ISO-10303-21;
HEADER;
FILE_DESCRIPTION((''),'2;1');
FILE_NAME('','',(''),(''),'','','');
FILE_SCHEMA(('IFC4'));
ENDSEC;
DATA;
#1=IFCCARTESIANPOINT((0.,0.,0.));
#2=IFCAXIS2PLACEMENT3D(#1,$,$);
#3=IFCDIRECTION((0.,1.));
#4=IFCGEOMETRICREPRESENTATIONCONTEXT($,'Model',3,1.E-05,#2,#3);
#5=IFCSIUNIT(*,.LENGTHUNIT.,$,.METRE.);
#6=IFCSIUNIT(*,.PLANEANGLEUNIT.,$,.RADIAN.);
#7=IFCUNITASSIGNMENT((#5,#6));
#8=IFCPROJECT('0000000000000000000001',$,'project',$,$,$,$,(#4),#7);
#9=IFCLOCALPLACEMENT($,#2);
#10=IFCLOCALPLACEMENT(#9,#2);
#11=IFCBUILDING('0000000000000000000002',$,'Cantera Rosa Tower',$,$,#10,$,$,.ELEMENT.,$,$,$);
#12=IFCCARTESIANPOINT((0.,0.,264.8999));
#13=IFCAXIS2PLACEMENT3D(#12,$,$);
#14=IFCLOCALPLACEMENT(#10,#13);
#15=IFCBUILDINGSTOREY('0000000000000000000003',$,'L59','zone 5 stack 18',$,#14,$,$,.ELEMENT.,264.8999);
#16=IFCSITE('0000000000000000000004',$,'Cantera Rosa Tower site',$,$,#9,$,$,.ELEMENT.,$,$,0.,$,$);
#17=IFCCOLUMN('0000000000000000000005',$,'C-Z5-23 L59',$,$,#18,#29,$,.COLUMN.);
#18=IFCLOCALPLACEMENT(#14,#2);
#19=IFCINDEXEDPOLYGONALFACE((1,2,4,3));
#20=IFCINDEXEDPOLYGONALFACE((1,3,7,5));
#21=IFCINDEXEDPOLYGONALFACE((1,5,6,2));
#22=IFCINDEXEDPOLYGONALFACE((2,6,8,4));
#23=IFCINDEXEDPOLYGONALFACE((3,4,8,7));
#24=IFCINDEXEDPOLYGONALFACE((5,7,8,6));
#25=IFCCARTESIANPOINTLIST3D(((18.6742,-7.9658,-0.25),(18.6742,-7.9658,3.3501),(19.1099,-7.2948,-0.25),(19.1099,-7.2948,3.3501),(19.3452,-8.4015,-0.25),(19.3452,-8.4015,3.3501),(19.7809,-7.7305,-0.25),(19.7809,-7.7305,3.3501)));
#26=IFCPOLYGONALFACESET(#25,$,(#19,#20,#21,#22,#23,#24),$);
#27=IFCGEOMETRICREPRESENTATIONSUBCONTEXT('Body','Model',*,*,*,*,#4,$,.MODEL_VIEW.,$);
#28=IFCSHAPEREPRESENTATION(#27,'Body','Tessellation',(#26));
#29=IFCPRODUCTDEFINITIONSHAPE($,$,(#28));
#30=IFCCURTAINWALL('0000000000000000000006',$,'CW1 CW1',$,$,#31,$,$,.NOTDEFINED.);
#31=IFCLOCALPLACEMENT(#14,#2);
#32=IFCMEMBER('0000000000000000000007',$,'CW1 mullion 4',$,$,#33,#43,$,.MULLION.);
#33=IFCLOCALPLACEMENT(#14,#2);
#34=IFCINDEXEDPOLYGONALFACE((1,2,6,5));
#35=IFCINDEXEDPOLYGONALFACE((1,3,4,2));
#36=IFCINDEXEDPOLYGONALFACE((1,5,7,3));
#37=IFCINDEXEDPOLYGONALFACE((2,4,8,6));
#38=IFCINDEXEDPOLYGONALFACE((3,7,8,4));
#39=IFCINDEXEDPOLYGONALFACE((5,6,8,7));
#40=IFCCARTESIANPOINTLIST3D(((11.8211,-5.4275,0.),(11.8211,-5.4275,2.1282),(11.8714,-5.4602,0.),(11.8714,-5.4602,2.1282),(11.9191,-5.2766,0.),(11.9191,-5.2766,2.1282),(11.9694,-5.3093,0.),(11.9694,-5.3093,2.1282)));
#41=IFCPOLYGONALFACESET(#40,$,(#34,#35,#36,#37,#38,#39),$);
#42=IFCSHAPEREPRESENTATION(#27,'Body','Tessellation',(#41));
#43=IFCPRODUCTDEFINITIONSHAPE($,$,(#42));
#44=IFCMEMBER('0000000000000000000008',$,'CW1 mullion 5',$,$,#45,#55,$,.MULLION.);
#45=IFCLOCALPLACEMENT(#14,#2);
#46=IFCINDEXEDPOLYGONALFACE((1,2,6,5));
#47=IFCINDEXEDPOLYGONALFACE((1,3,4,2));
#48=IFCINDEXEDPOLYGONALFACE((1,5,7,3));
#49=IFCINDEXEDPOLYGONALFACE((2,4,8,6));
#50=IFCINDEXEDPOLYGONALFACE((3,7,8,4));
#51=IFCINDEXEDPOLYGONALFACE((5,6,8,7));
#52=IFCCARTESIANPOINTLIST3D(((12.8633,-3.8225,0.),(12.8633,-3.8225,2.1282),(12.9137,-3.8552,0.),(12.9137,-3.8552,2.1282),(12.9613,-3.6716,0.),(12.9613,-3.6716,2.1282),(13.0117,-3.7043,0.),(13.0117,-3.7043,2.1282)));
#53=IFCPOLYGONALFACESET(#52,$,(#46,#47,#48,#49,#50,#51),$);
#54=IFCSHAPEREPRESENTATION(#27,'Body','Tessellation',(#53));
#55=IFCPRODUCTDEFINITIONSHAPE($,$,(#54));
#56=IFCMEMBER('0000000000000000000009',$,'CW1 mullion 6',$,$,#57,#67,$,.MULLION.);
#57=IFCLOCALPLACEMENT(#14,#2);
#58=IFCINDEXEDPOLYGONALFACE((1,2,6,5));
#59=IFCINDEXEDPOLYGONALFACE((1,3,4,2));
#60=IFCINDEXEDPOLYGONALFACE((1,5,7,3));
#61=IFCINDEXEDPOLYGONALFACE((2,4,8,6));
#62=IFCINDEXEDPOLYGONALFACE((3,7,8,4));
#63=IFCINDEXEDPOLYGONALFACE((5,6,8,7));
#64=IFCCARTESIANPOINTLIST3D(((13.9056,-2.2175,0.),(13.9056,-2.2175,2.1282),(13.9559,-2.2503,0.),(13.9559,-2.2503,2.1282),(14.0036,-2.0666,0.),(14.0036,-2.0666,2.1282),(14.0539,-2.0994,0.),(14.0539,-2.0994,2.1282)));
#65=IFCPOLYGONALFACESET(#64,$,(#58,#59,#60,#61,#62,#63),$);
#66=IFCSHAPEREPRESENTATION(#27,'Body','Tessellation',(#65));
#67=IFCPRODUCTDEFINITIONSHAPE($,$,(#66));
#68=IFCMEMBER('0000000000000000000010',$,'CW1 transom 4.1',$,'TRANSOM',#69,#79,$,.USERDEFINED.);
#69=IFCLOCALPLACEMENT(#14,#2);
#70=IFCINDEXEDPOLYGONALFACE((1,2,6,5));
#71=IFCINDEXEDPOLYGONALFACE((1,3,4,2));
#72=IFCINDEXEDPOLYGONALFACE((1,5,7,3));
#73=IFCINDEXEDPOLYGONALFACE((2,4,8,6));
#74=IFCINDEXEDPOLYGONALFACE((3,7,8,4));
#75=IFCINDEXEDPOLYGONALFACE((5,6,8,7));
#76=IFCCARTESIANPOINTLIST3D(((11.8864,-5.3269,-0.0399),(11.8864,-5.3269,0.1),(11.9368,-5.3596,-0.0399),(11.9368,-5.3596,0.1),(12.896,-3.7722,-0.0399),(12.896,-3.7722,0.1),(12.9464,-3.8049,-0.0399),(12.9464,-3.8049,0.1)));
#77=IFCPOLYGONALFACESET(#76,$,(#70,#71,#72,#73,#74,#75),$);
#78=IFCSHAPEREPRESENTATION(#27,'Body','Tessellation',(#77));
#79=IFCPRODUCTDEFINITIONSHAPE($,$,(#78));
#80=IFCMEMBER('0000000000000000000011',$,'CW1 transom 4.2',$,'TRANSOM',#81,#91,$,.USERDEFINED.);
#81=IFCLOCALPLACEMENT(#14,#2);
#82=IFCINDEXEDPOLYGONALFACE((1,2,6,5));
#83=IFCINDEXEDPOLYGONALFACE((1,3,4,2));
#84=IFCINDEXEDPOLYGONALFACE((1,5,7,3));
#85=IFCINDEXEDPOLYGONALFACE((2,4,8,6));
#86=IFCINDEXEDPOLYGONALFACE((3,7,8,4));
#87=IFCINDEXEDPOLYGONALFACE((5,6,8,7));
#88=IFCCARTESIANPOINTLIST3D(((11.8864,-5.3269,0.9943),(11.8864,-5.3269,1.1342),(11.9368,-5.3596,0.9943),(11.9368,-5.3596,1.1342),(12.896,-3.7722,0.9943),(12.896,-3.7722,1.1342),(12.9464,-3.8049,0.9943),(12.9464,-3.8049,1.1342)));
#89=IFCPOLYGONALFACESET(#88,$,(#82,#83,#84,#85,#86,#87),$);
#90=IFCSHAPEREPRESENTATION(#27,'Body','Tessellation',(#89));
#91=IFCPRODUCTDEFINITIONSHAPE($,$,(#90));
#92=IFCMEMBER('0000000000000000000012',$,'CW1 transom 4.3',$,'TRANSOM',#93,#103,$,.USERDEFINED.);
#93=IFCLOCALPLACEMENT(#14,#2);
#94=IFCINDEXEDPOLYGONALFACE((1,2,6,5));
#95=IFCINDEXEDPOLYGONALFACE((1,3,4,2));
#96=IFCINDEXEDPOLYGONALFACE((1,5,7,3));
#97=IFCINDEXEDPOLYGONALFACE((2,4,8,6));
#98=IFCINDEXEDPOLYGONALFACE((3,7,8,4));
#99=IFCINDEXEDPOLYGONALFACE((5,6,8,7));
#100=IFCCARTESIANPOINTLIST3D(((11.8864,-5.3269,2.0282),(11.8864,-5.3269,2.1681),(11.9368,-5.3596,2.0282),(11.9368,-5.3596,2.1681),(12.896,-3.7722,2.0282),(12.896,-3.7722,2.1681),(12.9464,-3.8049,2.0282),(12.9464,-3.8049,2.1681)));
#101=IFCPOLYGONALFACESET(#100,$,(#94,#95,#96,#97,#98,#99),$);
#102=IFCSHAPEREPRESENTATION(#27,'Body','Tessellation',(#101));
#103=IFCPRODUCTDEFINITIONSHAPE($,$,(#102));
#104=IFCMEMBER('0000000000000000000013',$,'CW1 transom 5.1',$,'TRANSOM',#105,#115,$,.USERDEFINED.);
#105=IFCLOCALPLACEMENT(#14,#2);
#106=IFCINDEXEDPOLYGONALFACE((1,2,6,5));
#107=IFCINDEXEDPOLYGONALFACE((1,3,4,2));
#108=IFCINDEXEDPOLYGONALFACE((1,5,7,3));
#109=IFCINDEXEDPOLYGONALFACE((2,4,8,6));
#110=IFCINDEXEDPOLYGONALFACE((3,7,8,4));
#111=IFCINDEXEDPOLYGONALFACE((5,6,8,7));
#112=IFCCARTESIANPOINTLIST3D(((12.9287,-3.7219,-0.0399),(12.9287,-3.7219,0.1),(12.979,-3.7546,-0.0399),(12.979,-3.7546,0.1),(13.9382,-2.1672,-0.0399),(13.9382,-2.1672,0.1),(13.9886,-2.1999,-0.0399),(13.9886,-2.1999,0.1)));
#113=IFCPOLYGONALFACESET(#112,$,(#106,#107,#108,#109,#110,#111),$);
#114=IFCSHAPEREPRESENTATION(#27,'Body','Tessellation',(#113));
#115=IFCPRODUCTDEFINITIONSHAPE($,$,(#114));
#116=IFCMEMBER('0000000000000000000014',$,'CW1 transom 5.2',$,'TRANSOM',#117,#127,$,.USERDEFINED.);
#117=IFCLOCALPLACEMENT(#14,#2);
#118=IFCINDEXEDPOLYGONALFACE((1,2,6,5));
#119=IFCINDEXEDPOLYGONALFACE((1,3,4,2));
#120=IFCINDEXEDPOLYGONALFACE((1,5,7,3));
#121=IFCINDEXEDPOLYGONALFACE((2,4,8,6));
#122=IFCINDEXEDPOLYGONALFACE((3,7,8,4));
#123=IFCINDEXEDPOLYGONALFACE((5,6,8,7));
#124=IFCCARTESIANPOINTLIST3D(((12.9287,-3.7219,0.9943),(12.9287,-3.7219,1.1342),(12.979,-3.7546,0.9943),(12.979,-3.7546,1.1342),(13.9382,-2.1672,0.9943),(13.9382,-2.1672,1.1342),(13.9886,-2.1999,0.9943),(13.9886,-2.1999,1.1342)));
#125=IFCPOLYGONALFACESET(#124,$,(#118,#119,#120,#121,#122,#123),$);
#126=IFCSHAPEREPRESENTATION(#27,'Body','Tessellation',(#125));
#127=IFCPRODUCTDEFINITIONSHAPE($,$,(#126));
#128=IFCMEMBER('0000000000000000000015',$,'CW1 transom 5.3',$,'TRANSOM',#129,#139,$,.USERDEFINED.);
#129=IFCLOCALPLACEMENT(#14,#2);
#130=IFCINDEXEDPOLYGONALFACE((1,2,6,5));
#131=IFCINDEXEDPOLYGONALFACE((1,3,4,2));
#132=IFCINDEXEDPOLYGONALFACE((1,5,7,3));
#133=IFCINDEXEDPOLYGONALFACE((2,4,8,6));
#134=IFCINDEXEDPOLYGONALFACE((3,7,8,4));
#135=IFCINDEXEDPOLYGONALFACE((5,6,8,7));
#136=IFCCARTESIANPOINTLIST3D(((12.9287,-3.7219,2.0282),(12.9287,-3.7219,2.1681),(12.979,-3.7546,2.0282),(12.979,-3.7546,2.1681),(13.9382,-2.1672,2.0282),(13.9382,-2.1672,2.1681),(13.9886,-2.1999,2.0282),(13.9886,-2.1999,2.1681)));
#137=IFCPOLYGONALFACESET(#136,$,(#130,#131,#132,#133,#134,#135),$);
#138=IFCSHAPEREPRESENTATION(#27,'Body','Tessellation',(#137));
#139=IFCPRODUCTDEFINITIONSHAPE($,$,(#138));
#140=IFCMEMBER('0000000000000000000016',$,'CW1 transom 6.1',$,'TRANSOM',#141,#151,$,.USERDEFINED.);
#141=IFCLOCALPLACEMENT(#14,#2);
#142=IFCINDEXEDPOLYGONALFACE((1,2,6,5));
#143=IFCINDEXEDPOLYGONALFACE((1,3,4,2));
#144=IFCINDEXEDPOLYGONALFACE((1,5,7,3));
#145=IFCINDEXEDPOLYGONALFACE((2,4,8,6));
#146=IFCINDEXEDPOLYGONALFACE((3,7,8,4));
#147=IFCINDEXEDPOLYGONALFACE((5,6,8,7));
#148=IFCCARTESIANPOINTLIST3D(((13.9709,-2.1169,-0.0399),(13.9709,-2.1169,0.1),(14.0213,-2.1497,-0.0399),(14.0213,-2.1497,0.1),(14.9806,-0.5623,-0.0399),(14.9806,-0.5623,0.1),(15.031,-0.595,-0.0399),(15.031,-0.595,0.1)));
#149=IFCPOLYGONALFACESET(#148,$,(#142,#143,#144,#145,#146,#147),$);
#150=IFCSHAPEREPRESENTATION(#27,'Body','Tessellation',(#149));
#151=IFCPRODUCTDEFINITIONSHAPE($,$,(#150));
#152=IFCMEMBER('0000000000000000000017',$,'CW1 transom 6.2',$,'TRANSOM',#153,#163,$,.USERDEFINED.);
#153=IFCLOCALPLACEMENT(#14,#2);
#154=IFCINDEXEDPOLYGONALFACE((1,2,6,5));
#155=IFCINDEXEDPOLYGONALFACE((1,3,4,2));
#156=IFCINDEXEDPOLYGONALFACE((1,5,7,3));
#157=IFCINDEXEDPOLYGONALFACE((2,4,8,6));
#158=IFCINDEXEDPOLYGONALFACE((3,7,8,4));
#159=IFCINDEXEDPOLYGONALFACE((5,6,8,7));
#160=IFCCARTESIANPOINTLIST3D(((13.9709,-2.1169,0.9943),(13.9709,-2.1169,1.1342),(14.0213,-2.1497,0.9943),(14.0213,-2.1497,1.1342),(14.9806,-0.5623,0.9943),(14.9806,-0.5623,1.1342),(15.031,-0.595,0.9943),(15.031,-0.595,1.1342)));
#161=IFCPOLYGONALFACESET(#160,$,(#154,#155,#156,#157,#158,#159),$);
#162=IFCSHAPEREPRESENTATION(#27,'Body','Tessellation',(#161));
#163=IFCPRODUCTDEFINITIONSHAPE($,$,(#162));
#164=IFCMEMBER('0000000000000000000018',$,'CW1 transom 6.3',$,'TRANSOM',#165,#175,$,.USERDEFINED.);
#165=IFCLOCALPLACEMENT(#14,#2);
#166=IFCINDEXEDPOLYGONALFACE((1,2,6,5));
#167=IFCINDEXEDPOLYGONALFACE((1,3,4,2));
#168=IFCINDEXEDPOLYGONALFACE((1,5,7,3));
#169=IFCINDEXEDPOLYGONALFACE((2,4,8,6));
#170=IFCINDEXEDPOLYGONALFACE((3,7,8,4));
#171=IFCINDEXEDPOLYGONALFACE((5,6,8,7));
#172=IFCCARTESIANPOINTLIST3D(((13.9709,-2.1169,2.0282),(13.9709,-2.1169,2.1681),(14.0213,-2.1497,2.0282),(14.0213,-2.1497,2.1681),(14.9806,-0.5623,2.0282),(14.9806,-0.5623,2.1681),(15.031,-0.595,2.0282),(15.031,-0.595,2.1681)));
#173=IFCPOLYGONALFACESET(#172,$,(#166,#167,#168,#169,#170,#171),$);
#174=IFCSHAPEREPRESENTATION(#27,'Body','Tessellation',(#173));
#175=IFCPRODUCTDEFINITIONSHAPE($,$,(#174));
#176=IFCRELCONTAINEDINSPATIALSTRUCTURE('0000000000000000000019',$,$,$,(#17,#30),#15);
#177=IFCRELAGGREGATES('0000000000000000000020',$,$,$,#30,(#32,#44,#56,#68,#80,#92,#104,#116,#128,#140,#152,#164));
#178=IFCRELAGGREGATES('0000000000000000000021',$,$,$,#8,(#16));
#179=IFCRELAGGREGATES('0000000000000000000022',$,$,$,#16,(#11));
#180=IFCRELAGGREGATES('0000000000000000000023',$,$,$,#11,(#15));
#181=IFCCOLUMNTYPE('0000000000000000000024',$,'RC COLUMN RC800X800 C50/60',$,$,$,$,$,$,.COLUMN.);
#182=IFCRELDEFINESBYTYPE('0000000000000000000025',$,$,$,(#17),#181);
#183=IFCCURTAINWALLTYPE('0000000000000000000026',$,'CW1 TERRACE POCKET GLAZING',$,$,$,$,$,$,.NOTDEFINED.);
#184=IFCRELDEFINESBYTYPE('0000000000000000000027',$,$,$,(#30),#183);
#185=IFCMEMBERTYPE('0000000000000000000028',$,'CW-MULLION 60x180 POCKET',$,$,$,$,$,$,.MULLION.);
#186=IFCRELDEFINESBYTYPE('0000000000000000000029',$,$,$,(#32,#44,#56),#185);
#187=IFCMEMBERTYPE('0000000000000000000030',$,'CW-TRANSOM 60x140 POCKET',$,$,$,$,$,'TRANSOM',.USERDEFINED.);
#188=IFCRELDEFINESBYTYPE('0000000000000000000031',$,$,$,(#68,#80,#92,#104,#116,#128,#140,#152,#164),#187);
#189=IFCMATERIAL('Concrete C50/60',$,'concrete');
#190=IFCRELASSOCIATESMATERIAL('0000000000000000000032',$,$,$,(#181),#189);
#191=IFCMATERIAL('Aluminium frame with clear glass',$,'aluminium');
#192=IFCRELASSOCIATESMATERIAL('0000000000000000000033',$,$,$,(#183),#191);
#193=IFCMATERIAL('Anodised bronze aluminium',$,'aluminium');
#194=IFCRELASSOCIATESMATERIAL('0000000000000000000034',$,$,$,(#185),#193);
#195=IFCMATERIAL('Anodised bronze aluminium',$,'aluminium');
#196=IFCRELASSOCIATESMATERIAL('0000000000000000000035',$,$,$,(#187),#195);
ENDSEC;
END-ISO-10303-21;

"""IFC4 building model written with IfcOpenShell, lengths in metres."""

from ifc_helpers import new_model, si_unit, direction, frame, origin, origin_2d, place, context, subcontext, project, spatial, rectangle, extrude, material, material_profile, profile_set, type_object, element, aggregate, save


model = new_model("IFC4")

# Units and contexts
model_context = context("Model", 3, precision=1e-05, world=origin(), true_north=direction((0.0, 1.0)))
body_context = subcontext(model_context, "Body", "Model", "MODEL_VIEW")
ifc_project = project(units=[si_unit("LENGTHUNIT", "METRE"), si_unit("PLANEANGLEUNIT", "RADIAN")], contexts=[model_context])

# Site, building, storey
site_placement = place(None, origin())
site = spatial("IfcSite", under=ifc_project, at=site_placement, Name="Cantera Rosa Tower site", CompositionType="ELEMENT", RefElevation=0.0)
building_placement = place(site_placement, origin())
building = spatial("IfcBuilding", under=site, at=building_placement, Name="Cantera Rosa Tower", CompositionType="ELEMENT")
storey_placement = place(building_placement, frame((0.0, 0.0, 264.8999)))
storey = spatial("IfcBuildingStorey", under=building, at=storey_placement, Name="L59", Description="zone 5 stack 18", CompositionType="ELEMENT", Elevation=264.8999)

# Column
ifc_material_1 = material(Name="Concrete C50/60", Category="concrete")
ifc_material_profile_1 = material_profile(ifc_material_1, rectangle(XDim=0.8, YDim=0.8, at=origin_2d()), Name="RC COLUMN RC800X800 C50/60")
ifc_profile_set_1 = profile_set([ifc_material_profile_1], Name="Concrete C50/60")
column_type = type_object("IfcColumnType", Name="RC COLUMN RC800X800 C50/60", PredefinedType="COLUMN", material=ifc_profile_set_1)
column_placement = place(storey_placement, frame((19.2275, -7.8481, -0.25), z_axis=(0.0, 0.0, 1.0), x_axis=(0.544639, 0.838671, 0.0)))
element("IfcColumn", 1, at=column_placement, inside=storey, type_object=column_type, Name="C-Z5-23 L59", PredefinedType="COLUMN", context=body_context, shape_type="SweptSolid", body=[
    extrude(rectangle(XDim=0.8, YDim=0.8, at=origin_2d()), origin(), (0.0, 0.0, 1.0), 3.6001),
])

# Curtain wall, members
ifc_material_2 = material(Name="Aluminium frame with clear glass", Category="aluminium")
curtain_wall_type = type_object("IfcCurtainWallType", Name="CW1 TERRACE POCKET GLAZING", PredefinedType="NOTDEFINED", material=ifc_material_2)
curtain_wall_placement = place(storey_placement, origin())
curtain_wall = element("IfcCurtainWall", 2, at=curtain_wall_placement, inside=storey, type_object=curtain_wall_type, Name="CW1 CW1", PredefinedType="NOTDEFINED")
ifc_material_3 = material(Name="Anodised bronze aluminium", Category="aluminium")
ifc_material_profile_2 = material_profile(ifc_material_3, rectangle(XDim=0.0601, YDim=0.1799, at=origin_2d()), Name="CW-MULLION 60x180 POCKET")
ifc_profile_set_2 = profile_set([ifc_material_profile_2], Name="Anodised bronze aluminium")
member_type_1 = type_object("IfcMemberType", Name="CW-MULLION 60x180 POCKET", PredefinedType="MULLION", material=ifc_profile_set_2)
member_1_placement = place(storey_placement, frame((11.8953, -5.3684, 0.0), z_axis=(0.0, 0.0, 1.0), x_axis=(-0.838671, 0.544639, 0.0)))
member_1 = element("IfcMember", 3, at=member_1_placement, type_object=member_type_1, Name="CW1 mullion 4", PredefinedType="MULLION", context=body_context, shape_type="SweptSolid", body=[
    extrude(rectangle(XDim=0.0601, YDim=0.1799, at=origin_2d()), origin(), (0.0, 0.0, 1.0), 2.1282),
])
member_2_placement = place(storey_placement, frame((12.9375, -3.7634, 0.0), z_axis=(0.0, 0.0, 1.0), x_axis=(-0.838671, 0.544639, 0.0)))
member_2 = element("IfcMember", 4, at=member_2_placement, type_object=member_type_1, Name="CW1 mullion 5", PredefinedType="MULLION", context=body_context, shape_type="SweptSolid", body=[
    extrude(rectangle(XDim=0.0601, YDim=0.1799, at=origin_2d()), origin(), (0.0, 0.0, 1.0), 2.1282),
])
member_3_placement = place(storey_placement, frame((13.9797, -2.1584, 0.0), z_axis=(0.0, 0.0, 1.0), x_axis=(-0.838671, 0.544639, 0.0)))
member_3 = element("IfcMember", 5, at=member_3_placement, type_object=member_type_1, Name="CW1 mullion 6", PredefinedType="MULLION", context=body_context, shape_type="SweptSolid", body=[
    extrude(rectangle(XDim=0.0601, YDim=0.1799, at=origin_2d()), origin(), (0.0, 0.0, 1.0), 2.1282),
])
ifc_material_4 = material(Name="Anodised bronze aluminium", Category="aluminium")
ifc_material_profile_3 = material_profile(ifc_material_4, rectangle(XDim=0.0601, YDim=0.1399, at=origin_2d()), Name="CW-TRANSOM 60x140 POCKET")
ifc_profile_set_3 = profile_set([ifc_material_profile_3], Name="Anodised bronze aluminium")
member_type_2 = type_object("IfcMemberType", Name="CW-TRANSOM 60x140 POCKET", ElementType="TRANSOM", PredefinedType="USERDEFINED", material=ifc_profile_set_3)
member_4_placement = place(storey_placement, frame((11.9116, -5.3433, 0.03), z_axis=(0.544599, 0.838696, 0.0), x_axis=(-0.838696, 0.544599, 0.0)))
member_4 = element("IfcMember", 6, at=member_4_placement, type_object=member_type_2, Name="CW1 transom 4.1", ObjectType="TRANSOM", PredefinedType="USERDEFINED", context=body_context, shape_type="SweptSolid", body=[
    extrude(rectangle(XDim=0.0601, YDim=0.1399, at=origin_2d()), origin(), (0.0, 0.0, 1.0), 1.8538),
])
member_5_placement = place(storey_placement, frame((11.9116, -5.3433, 1.0642), z_axis=(0.544599, 0.838696, 0.0), x_axis=(-0.838696, 0.544599, 0.0)))
member_5 = element("IfcMember", 7, at=member_5_placement, type_object=member_type_2, Name="CW1 transom 4.2", ObjectType="TRANSOM", PredefinedType="USERDEFINED", context=body_context, shape_type="SweptSolid", body=[
    extrude(rectangle(XDim=0.0601, YDim=0.1399, at=origin_2d()), origin(), (0.0, 0.0, 1.0), 1.8538),
])
member_6_placement = place(storey_placement, frame((11.9116, -5.3433, 2.0981), z_axis=(0.544599, 0.838696, 0.0), x_axis=(-0.838696, 0.544599, 0.0)))
member_6 = element("IfcMember", 8, at=member_6_placement, type_object=member_type_2, Name="CW1 transom 4.3", ObjectType="TRANSOM", PredefinedType="USERDEFINED", context=body_context, shape_type="SweptSolid", body=[
    extrude(rectangle(XDim=0.0601, YDim=0.1399, at=origin_2d()), origin(), (0.0, 0.0, 1.0), 1.8538),
])
member_7_placement = place(storey_placement, frame((12.9539, -3.7383, 0.03), z_axis=(0.544599, 0.838696, 0.0), x_axis=(-0.838696, 0.544599, 0.0)))
member_7 = element("IfcMember", 9, at=member_7_placement, type_object=member_type_2, Name="CW1 transom 5.1", ObjectType="TRANSOM", PredefinedType="USERDEFINED", context=body_context, shape_type="SweptSolid", body=[
    extrude(rectangle(XDim=0.0601, YDim=0.1399, at=origin_2d()), origin(), (0.0, 0.0, 1.0), 1.8538),
])
member_8_placement = place(storey_placement, frame((12.9539, -3.7383, 1.0642), z_axis=(0.544599, 0.838696, 0.0), x_axis=(-0.838696, 0.544599, 0.0)))
member_8 = element("IfcMember", 10, at=member_8_placement, type_object=member_type_2, Name="CW1 transom 5.2", ObjectType="TRANSOM", PredefinedType="USERDEFINED", context=body_context, shape_type="SweptSolid", body=[
    extrude(rectangle(XDim=0.0601, YDim=0.1399, at=origin_2d()), origin(), (0.0, 0.0, 1.0), 1.8538),
])
member_9_placement = place(storey_placement, frame((12.9539, -3.7383, 2.0981), z_axis=(0.544599, 0.838696, 0.0), x_axis=(-0.838696, 0.544599, 0.0)))
member_9 = element("IfcMember", 11, at=member_9_placement, type_object=member_type_2, Name="CW1 transom 5.3", ObjectType="TRANSOM", PredefinedType="USERDEFINED", context=body_context, shape_type="SweptSolid", body=[
    extrude(rectangle(XDim=0.0601, YDim=0.1399, at=origin_2d()), origin(), (0.0, 0.0, 1.0), 1.8538),
])
member_10_placement = place(storey_placement, frame((13.9961, -2.1333, 0.03), z_axis=(0.544692, 0.838636, 0.0), x_axis=(-0.838636, 0.544692, 0.0)))
member_10 = element("IfcMember", 12, at=member_10_placement, type_object=member_type_2, Name="CW1 transom 6.1", ObjectType="TRANSOM", PredefinedType="USERDEFINED", context=body_context, shape_type="SweptSolid", body=[
    extrude(rectangle(XDim=0.0601, YDim=0.1399, at=origin_2d()), origin(), (0.0, 0.0, 1.0), 1.8538),
])
member_11_placement = place(storey_placement, frame((13.9961, -2.1333, 1.0642), z_axis=(0.544692, 0.838636, 0.0), x_axis=(-0.838636, 0.544692, 0.0)))
member_11 = element("IfcMember", 13, at=member_11_placement, type_object=member_type_2, Name="CW1 transom 6.2", ObjectType="TRANSOM", PredefinedType="USERDEFINED", context=body_context, shape_type="SweptSolid", body=[
    extrude(rectangle(XDim=0.0601, YDim=0.1399, at=origin_2d()), origin(), (0.0, 0.0, 1.0), 1.8538),
])
member_12_placement = place(storey_placement, frame((13.9961, -2.1333, 2.0981), z_axis=(0.544692, 0.838636, 0.0), x_axis=(-0.838636, 0.544692, 0.0)))
member_12 = element("IfcMember", 14, at=member_12_placement, type_object=member_type_2, Name="CW1 transom 6.3", ObjectType="TRANSOM", PredefinedType="USERDEFINED", context=body_context, shape_type="SweptSolid", body=[
    extrude(rectangle(XDim=0.0601, YDim=0.1399, at=origin_2d()), origin(), (0.0, 0.0, 1.0), 1.8538),
])

aggregate(curtain_wall, [member_1, member_2, member_3, member_4, member_5, member_6, member_7, member_8, member_9, member_10, member_11, member_12])

save(model, "model.ifc")
